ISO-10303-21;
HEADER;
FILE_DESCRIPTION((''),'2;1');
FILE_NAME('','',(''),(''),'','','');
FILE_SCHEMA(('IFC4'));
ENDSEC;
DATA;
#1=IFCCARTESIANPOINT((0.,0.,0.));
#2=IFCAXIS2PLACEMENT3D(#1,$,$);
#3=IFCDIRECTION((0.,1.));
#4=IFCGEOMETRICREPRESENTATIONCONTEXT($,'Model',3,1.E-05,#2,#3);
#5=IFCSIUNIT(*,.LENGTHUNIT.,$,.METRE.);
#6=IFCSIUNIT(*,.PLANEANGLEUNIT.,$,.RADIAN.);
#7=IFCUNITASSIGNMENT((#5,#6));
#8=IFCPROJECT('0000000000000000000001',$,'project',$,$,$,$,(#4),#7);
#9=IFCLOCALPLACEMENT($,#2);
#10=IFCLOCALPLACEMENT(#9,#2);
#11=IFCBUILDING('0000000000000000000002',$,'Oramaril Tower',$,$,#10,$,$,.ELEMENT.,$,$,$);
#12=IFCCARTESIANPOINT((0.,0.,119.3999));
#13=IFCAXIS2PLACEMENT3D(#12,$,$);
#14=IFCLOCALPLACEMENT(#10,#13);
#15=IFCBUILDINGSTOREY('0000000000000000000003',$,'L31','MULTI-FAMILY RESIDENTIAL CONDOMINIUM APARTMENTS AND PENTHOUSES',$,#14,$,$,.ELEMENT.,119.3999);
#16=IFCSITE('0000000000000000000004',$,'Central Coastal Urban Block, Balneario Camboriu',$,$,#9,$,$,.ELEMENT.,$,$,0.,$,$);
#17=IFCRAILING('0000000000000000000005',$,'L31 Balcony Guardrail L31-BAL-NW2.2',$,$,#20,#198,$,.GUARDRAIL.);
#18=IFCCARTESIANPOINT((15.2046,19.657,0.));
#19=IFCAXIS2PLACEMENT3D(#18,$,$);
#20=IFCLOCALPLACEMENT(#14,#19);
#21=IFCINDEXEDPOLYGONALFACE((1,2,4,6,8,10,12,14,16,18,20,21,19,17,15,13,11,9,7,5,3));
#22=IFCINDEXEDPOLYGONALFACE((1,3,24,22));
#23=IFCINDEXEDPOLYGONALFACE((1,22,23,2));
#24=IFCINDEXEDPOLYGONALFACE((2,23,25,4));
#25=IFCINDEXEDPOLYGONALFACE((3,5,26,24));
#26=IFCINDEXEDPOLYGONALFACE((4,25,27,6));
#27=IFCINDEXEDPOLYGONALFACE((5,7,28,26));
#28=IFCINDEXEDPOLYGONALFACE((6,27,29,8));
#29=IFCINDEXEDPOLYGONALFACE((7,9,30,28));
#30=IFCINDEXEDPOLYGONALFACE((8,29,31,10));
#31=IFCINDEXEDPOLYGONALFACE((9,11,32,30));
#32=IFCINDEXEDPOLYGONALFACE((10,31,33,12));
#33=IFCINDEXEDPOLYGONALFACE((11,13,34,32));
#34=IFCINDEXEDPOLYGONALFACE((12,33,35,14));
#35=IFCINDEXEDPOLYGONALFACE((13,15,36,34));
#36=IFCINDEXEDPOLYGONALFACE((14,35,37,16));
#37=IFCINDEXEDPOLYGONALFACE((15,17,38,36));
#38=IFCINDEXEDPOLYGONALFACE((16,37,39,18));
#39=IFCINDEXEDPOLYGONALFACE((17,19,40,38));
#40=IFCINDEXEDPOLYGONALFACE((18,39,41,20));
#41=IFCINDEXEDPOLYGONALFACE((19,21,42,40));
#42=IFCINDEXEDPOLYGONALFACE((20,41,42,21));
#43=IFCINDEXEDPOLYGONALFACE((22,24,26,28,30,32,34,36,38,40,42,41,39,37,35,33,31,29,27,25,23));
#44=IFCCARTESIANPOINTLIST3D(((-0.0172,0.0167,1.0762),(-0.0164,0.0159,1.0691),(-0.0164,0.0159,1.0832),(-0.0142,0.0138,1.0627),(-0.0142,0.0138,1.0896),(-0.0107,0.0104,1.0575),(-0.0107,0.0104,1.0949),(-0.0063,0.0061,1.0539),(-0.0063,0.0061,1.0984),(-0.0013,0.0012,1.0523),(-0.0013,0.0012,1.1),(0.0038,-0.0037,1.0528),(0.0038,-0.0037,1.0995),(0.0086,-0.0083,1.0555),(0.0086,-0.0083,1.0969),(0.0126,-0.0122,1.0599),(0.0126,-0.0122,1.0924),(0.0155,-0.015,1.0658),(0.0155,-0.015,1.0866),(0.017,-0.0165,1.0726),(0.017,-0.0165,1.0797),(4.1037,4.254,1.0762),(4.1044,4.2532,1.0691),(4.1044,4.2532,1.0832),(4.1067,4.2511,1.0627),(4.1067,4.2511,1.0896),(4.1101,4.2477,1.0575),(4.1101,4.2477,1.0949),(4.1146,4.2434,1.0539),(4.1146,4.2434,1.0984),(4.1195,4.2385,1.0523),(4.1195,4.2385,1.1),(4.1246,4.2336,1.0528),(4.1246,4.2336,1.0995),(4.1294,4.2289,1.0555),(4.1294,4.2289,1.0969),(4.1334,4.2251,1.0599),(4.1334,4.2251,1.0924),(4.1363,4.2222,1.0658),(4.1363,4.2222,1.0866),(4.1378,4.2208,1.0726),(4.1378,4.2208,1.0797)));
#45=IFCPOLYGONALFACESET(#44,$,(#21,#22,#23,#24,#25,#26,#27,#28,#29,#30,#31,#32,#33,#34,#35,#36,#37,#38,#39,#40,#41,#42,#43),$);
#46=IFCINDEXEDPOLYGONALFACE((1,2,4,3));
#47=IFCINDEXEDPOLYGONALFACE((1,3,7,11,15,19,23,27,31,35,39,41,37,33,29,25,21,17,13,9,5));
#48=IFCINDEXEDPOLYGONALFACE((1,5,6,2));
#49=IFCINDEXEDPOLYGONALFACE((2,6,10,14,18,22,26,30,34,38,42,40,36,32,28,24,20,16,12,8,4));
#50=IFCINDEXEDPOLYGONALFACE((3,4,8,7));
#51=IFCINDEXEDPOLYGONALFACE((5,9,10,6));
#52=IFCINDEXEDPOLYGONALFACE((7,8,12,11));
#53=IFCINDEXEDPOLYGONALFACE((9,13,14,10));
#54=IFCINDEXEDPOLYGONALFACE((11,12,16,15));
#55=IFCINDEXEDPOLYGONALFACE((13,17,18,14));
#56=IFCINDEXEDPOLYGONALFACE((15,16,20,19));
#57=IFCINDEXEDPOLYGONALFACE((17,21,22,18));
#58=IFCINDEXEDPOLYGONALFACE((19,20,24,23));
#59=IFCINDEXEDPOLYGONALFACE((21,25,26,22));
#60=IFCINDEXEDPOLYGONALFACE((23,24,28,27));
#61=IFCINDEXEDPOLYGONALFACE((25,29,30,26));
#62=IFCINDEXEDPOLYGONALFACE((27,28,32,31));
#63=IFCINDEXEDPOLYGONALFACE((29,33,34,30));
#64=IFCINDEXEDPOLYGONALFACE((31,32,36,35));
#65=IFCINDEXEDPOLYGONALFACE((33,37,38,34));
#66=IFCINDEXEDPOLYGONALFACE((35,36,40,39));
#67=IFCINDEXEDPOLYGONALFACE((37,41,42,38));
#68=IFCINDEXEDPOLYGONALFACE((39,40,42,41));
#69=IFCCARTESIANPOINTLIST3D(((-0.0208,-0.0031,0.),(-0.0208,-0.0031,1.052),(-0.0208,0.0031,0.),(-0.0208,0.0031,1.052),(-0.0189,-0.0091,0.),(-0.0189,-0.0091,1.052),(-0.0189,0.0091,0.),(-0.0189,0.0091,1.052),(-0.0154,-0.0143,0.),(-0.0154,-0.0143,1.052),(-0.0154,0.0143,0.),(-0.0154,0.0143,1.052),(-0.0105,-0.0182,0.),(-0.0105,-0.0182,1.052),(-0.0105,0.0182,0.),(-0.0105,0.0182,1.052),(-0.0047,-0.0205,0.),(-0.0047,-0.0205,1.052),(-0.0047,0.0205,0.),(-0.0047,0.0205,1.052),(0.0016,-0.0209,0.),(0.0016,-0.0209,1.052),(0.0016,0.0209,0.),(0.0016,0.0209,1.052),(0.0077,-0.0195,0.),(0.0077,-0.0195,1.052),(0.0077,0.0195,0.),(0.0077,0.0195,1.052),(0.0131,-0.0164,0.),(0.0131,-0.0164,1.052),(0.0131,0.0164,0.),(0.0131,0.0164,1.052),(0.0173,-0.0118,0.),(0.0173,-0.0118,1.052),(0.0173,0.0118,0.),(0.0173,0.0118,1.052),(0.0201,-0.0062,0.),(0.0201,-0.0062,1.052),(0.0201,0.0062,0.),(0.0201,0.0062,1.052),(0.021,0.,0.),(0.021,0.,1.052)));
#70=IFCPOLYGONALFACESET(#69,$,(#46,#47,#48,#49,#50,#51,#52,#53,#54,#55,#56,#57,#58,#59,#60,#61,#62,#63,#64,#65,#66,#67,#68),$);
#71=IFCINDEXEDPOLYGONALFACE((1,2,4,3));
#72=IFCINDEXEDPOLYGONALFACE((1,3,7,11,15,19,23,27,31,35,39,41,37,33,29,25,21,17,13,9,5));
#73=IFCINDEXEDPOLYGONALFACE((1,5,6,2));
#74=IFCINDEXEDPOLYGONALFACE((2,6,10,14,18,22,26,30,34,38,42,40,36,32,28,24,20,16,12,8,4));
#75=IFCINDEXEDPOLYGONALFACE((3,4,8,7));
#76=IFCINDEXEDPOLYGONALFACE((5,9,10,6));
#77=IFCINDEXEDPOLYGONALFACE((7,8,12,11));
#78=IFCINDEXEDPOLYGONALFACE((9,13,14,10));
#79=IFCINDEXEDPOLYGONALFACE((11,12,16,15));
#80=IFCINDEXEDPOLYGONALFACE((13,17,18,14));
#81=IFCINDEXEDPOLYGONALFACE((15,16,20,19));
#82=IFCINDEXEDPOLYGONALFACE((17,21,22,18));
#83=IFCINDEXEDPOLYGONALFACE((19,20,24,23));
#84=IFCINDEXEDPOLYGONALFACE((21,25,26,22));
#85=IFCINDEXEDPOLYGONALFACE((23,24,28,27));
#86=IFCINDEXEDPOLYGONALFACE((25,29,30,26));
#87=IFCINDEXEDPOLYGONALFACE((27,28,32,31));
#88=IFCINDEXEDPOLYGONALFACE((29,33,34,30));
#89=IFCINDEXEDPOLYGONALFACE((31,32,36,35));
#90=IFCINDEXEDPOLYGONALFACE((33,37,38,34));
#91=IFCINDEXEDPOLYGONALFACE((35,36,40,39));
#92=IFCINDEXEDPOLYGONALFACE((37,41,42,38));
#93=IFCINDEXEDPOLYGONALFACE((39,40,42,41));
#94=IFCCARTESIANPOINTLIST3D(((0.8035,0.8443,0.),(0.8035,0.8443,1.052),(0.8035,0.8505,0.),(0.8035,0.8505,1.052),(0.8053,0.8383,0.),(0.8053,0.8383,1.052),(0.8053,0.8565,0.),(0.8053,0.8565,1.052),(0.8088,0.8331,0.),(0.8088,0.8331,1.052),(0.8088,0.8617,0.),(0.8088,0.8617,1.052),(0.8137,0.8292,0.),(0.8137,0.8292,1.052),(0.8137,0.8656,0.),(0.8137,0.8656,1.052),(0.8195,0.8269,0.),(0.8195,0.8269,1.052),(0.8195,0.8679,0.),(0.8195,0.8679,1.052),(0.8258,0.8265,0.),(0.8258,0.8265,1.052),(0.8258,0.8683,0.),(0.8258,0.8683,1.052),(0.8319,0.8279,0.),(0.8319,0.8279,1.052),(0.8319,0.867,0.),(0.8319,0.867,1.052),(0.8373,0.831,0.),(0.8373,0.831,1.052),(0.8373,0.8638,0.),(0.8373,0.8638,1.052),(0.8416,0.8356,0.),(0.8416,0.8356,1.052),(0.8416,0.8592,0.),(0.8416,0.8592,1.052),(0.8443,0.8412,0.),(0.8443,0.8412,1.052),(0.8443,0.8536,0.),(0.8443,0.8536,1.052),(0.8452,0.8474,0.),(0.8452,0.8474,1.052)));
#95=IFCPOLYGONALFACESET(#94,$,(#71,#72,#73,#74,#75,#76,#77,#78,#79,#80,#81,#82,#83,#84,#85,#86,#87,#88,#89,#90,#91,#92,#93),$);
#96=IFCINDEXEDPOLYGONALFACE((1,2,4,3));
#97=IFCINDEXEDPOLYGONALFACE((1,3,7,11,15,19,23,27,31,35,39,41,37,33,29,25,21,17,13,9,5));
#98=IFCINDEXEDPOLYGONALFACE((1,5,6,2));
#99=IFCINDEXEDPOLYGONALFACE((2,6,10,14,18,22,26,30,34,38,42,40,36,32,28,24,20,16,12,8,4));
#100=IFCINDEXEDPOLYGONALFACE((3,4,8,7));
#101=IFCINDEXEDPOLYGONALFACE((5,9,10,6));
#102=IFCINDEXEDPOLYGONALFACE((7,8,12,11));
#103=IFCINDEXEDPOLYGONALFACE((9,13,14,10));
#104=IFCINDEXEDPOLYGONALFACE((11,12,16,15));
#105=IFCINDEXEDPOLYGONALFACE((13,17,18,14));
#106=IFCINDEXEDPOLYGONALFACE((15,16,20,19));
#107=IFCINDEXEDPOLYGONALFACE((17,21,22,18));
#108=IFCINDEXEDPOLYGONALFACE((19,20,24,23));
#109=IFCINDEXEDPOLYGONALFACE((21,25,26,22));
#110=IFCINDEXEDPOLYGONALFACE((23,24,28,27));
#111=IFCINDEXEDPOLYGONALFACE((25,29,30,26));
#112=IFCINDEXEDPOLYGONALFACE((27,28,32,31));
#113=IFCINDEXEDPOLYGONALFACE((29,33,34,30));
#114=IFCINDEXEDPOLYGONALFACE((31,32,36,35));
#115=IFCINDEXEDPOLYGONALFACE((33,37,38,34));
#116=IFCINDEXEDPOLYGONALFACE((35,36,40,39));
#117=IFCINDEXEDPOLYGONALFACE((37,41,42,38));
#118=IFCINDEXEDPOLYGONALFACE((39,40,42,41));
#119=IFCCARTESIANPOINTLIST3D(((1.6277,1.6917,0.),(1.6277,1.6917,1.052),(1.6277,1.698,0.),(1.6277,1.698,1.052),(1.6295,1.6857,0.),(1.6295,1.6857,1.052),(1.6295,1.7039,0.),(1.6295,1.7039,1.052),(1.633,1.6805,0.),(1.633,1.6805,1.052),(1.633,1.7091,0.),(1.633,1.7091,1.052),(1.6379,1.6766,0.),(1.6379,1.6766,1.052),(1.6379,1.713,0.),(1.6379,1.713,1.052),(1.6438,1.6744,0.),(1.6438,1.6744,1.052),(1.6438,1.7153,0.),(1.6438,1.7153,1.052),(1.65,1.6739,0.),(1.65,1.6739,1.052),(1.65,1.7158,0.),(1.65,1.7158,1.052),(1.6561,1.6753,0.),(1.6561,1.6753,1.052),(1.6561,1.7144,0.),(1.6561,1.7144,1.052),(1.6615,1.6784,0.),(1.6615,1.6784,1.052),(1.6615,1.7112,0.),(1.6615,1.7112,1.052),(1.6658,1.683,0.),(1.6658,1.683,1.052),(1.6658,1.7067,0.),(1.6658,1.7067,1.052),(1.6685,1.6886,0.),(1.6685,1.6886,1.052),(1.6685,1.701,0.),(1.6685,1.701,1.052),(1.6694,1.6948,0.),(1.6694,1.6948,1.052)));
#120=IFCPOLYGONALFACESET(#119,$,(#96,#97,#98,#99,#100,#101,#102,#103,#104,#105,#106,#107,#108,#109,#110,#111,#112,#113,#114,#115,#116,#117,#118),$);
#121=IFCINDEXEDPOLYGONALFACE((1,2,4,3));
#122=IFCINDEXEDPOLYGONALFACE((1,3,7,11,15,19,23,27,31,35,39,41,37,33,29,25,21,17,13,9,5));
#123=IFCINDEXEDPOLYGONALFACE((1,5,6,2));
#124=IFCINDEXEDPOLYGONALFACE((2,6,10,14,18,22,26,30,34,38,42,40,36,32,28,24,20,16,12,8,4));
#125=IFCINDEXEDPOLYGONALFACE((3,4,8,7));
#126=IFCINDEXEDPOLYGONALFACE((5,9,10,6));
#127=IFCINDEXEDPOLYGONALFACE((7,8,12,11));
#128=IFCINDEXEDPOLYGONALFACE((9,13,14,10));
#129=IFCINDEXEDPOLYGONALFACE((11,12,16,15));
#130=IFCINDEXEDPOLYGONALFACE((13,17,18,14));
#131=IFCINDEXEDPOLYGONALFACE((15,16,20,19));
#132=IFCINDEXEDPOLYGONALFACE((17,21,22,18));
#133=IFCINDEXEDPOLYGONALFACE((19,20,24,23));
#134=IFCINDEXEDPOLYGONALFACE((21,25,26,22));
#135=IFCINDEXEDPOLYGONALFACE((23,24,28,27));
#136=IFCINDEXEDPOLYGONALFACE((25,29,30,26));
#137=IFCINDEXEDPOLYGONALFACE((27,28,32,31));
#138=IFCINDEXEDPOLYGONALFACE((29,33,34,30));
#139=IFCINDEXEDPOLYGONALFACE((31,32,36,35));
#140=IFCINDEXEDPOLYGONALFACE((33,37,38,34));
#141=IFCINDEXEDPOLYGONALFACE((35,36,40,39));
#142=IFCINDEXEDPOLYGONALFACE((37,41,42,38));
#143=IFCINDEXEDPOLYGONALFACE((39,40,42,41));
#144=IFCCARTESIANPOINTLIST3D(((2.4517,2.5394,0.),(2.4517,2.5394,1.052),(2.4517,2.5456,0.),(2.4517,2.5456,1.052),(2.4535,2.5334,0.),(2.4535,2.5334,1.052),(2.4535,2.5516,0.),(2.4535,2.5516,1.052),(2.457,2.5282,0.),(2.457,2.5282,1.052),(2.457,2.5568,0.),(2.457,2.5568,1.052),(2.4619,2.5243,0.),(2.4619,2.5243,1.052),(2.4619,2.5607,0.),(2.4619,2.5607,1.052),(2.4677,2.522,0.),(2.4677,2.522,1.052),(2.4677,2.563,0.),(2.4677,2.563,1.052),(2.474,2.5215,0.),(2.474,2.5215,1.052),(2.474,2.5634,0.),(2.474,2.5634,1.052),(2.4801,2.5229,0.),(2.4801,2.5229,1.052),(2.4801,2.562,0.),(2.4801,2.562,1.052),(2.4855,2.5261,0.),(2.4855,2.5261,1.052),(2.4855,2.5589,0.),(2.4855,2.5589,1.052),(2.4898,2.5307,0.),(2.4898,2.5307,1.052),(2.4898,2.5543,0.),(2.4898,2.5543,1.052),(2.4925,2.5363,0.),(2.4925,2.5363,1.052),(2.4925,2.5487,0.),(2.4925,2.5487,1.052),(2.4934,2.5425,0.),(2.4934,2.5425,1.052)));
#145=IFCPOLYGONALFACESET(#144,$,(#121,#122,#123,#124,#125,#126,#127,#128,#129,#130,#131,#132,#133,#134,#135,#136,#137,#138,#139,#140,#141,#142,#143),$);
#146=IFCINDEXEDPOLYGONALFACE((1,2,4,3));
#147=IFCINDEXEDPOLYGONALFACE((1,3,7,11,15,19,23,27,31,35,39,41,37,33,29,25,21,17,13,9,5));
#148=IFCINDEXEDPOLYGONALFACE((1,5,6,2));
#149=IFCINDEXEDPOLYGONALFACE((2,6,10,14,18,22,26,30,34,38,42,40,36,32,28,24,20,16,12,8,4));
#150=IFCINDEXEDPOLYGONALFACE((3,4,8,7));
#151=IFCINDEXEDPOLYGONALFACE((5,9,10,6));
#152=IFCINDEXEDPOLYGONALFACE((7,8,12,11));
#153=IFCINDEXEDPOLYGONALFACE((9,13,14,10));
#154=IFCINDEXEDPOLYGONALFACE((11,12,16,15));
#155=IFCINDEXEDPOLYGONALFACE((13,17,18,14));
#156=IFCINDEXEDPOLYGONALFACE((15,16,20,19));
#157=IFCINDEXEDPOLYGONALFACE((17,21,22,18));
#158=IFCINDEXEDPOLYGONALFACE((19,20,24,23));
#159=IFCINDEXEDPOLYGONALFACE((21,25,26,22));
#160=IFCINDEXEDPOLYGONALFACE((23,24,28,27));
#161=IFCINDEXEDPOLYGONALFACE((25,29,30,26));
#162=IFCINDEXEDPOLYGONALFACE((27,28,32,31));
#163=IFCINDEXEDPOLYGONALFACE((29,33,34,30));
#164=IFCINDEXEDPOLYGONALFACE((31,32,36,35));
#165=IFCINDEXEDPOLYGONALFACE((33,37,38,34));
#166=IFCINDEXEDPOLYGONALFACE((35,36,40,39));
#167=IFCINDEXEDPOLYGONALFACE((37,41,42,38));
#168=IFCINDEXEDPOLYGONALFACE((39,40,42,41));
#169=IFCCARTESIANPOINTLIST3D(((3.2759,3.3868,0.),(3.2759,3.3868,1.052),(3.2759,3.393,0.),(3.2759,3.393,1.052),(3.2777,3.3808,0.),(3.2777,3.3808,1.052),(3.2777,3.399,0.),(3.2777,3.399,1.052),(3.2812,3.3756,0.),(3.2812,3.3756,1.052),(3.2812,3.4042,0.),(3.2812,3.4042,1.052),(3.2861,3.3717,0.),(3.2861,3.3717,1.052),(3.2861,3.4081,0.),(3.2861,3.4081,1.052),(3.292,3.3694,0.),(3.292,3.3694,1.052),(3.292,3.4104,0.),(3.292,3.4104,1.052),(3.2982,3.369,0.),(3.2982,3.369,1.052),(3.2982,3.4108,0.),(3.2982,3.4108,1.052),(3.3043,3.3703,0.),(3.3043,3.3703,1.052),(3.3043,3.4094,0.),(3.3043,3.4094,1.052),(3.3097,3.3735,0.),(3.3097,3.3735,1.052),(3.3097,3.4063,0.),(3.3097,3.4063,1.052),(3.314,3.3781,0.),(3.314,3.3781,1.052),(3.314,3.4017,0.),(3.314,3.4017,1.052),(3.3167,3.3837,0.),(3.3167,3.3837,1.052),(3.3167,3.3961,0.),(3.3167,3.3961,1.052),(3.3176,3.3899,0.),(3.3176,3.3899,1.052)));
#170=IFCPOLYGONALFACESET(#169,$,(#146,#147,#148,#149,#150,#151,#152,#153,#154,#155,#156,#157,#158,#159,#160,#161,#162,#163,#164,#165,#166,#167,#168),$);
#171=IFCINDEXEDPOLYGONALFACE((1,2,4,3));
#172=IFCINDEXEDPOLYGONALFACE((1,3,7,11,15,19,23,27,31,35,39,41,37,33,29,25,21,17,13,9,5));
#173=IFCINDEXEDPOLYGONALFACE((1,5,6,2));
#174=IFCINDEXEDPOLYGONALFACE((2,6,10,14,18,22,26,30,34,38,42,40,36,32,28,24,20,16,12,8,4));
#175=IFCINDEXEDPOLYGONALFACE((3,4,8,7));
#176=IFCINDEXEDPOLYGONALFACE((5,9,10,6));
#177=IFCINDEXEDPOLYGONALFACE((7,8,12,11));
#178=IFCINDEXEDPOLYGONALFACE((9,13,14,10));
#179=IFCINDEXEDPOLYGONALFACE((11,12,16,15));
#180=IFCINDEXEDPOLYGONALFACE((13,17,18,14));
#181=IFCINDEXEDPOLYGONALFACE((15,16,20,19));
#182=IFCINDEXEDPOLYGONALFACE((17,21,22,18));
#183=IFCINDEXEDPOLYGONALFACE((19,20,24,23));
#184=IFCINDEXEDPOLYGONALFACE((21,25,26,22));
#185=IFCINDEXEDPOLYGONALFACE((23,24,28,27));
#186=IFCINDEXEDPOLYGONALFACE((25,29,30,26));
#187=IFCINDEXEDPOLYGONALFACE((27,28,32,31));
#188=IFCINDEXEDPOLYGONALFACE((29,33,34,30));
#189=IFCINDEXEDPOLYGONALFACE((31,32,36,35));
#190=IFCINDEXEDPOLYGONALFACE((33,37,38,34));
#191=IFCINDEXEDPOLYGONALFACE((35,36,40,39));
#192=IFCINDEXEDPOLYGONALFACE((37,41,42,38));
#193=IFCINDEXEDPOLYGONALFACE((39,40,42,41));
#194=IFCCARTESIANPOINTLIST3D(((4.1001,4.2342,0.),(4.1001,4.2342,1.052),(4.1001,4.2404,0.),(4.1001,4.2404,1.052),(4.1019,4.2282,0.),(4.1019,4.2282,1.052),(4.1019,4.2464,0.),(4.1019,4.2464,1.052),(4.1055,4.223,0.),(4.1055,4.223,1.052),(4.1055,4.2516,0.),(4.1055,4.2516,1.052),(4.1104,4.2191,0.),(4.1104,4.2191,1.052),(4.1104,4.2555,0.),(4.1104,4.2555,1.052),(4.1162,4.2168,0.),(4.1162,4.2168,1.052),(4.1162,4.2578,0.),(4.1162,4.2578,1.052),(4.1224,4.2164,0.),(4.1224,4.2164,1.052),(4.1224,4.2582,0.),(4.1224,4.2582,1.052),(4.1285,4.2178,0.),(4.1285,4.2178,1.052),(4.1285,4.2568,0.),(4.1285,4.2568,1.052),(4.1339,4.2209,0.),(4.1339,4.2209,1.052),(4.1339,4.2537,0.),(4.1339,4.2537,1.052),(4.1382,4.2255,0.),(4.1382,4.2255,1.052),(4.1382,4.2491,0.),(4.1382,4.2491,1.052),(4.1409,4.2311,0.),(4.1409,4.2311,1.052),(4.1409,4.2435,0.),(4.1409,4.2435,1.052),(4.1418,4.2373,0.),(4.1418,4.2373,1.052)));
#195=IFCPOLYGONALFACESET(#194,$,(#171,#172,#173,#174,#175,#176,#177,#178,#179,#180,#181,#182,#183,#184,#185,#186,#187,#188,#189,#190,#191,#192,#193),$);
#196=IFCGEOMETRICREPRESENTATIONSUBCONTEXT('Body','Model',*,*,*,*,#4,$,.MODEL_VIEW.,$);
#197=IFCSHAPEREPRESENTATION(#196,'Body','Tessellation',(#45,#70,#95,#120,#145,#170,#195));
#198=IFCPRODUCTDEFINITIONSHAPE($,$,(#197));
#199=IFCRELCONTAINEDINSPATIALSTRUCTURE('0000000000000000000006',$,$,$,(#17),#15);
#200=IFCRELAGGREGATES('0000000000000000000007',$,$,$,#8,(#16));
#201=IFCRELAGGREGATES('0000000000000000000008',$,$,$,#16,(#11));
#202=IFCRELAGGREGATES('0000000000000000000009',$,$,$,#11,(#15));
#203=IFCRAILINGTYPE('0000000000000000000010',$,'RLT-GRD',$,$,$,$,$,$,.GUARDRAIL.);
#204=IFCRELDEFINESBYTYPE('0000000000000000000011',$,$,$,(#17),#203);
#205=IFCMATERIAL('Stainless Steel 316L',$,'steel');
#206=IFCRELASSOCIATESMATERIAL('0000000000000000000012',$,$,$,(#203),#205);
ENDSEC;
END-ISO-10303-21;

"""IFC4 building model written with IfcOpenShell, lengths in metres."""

from ifc_helpers import new_model, si_unit, direction, frame, origin, origin_2d, place, context, subcontext, project, spatial, circle, extrude, material, type_object, element, save


model = new_model("IFC4")

# Units and contexts
model_context = context("Model", 3, precision=1e-05, world=origin(), true_north=direction((0.0, 1.0)))
body_context = subcontext(model_context, "Body", "Model", "MODEL_VIEW")
ifc_project = project(units=[si_unit("LENGTHUNIT", "METRE"), si_unit("PLANEANGLEUNIT", "RADIAN")], contexts=[model_context])

# Site, building, storey
site_placement = place(None, origin())
site = spatial("IfcSite", under=ifc_project, at=site_placement, Name="Central Coastal Urban Block, Balneario Camboriu", CompositionType="ELEMENT", RefElevation=0.0)
building_placement = place(site_placement, origin())
building = spatial("IfcBuilding", under=site, at=building_placement, Name="Oramaril Tower", CompositionType="ELEMENT")
storey_placement = place(building_placement, frame((0.0, 0.0, 119.3999)))
storey = spatial("IfcBuildingStorey", under=building, at=storey_placement, Name="L31", Description="MULTI-FAMILY RESIDENTIAL CONDOMINIUM APARTMENTS AND PENTHOUSES", CompositionType="ELEMENT", Elevation=119.3999)

# Railing
ifc_material_1 = material(Name="Stainless Steel 316L", Category="steel")
railing_type = type_object("IfcRailingType", Name="RLT-GRD", PredefinedType="GUARDRAIL", material=ifc_material_1)
railing_1_placement = place(storey_placement, frame((15.2046, 19.657, 0.0)))
element("IfcRailing", 1, at=railing_1_placement, inside=storey, type_object=railing_type, Name="L31 Balcony Guardrail L31-BAL-NW2.2", PredefinedType="GUARDRAIL", context=body_context, shape_type="SweptSolid", body=[
    extrude(circle(Radius=0.0239, at=origin_2d()), frame((0.0, 0.0, 1.0762), z_axis=(0.697187, 0.716889, 0.0), x_axis=(-0.716889, 0.697187, 0.0)), (0.0, 0.0, 1.0), 5.9106),
    extrude(circle(Radius=0.021, at=origin_2d()), origin(), (0.0, 0.0, 1.0), 1.052),
    extrude(circle(Radius=0.021, at=origin_2d()), frame((0.8242, 0.8474, 0.0)), (0.0, 0.0, 1.0), 1.052),
    extrude(circle(Radius=0.021, at=origin_2d()), frame((1.6484, 1.6948, 0.0)), (0.0, 0.0, 1.0), 1.052),
    extrude(circle(Radius=0.021, at=origin_2d()), frame((2.4724, 2.5425, 0.0)), (0.0, 0.0, 1.0), 1.052),
    extrude(circle(Radius=0.021, at=origin_2d()), frame((3.2966, 3.3899, 0.0)), (0.0, 0.0, 1.0), 1.052),
    extrude(circle(Radius=0.021, at=origin_2d()), frame((4.1208, 4.2373, 0.0)), (0.0, 0.0, 1.0), 1.052),
])

save(model, "model.ifc")
